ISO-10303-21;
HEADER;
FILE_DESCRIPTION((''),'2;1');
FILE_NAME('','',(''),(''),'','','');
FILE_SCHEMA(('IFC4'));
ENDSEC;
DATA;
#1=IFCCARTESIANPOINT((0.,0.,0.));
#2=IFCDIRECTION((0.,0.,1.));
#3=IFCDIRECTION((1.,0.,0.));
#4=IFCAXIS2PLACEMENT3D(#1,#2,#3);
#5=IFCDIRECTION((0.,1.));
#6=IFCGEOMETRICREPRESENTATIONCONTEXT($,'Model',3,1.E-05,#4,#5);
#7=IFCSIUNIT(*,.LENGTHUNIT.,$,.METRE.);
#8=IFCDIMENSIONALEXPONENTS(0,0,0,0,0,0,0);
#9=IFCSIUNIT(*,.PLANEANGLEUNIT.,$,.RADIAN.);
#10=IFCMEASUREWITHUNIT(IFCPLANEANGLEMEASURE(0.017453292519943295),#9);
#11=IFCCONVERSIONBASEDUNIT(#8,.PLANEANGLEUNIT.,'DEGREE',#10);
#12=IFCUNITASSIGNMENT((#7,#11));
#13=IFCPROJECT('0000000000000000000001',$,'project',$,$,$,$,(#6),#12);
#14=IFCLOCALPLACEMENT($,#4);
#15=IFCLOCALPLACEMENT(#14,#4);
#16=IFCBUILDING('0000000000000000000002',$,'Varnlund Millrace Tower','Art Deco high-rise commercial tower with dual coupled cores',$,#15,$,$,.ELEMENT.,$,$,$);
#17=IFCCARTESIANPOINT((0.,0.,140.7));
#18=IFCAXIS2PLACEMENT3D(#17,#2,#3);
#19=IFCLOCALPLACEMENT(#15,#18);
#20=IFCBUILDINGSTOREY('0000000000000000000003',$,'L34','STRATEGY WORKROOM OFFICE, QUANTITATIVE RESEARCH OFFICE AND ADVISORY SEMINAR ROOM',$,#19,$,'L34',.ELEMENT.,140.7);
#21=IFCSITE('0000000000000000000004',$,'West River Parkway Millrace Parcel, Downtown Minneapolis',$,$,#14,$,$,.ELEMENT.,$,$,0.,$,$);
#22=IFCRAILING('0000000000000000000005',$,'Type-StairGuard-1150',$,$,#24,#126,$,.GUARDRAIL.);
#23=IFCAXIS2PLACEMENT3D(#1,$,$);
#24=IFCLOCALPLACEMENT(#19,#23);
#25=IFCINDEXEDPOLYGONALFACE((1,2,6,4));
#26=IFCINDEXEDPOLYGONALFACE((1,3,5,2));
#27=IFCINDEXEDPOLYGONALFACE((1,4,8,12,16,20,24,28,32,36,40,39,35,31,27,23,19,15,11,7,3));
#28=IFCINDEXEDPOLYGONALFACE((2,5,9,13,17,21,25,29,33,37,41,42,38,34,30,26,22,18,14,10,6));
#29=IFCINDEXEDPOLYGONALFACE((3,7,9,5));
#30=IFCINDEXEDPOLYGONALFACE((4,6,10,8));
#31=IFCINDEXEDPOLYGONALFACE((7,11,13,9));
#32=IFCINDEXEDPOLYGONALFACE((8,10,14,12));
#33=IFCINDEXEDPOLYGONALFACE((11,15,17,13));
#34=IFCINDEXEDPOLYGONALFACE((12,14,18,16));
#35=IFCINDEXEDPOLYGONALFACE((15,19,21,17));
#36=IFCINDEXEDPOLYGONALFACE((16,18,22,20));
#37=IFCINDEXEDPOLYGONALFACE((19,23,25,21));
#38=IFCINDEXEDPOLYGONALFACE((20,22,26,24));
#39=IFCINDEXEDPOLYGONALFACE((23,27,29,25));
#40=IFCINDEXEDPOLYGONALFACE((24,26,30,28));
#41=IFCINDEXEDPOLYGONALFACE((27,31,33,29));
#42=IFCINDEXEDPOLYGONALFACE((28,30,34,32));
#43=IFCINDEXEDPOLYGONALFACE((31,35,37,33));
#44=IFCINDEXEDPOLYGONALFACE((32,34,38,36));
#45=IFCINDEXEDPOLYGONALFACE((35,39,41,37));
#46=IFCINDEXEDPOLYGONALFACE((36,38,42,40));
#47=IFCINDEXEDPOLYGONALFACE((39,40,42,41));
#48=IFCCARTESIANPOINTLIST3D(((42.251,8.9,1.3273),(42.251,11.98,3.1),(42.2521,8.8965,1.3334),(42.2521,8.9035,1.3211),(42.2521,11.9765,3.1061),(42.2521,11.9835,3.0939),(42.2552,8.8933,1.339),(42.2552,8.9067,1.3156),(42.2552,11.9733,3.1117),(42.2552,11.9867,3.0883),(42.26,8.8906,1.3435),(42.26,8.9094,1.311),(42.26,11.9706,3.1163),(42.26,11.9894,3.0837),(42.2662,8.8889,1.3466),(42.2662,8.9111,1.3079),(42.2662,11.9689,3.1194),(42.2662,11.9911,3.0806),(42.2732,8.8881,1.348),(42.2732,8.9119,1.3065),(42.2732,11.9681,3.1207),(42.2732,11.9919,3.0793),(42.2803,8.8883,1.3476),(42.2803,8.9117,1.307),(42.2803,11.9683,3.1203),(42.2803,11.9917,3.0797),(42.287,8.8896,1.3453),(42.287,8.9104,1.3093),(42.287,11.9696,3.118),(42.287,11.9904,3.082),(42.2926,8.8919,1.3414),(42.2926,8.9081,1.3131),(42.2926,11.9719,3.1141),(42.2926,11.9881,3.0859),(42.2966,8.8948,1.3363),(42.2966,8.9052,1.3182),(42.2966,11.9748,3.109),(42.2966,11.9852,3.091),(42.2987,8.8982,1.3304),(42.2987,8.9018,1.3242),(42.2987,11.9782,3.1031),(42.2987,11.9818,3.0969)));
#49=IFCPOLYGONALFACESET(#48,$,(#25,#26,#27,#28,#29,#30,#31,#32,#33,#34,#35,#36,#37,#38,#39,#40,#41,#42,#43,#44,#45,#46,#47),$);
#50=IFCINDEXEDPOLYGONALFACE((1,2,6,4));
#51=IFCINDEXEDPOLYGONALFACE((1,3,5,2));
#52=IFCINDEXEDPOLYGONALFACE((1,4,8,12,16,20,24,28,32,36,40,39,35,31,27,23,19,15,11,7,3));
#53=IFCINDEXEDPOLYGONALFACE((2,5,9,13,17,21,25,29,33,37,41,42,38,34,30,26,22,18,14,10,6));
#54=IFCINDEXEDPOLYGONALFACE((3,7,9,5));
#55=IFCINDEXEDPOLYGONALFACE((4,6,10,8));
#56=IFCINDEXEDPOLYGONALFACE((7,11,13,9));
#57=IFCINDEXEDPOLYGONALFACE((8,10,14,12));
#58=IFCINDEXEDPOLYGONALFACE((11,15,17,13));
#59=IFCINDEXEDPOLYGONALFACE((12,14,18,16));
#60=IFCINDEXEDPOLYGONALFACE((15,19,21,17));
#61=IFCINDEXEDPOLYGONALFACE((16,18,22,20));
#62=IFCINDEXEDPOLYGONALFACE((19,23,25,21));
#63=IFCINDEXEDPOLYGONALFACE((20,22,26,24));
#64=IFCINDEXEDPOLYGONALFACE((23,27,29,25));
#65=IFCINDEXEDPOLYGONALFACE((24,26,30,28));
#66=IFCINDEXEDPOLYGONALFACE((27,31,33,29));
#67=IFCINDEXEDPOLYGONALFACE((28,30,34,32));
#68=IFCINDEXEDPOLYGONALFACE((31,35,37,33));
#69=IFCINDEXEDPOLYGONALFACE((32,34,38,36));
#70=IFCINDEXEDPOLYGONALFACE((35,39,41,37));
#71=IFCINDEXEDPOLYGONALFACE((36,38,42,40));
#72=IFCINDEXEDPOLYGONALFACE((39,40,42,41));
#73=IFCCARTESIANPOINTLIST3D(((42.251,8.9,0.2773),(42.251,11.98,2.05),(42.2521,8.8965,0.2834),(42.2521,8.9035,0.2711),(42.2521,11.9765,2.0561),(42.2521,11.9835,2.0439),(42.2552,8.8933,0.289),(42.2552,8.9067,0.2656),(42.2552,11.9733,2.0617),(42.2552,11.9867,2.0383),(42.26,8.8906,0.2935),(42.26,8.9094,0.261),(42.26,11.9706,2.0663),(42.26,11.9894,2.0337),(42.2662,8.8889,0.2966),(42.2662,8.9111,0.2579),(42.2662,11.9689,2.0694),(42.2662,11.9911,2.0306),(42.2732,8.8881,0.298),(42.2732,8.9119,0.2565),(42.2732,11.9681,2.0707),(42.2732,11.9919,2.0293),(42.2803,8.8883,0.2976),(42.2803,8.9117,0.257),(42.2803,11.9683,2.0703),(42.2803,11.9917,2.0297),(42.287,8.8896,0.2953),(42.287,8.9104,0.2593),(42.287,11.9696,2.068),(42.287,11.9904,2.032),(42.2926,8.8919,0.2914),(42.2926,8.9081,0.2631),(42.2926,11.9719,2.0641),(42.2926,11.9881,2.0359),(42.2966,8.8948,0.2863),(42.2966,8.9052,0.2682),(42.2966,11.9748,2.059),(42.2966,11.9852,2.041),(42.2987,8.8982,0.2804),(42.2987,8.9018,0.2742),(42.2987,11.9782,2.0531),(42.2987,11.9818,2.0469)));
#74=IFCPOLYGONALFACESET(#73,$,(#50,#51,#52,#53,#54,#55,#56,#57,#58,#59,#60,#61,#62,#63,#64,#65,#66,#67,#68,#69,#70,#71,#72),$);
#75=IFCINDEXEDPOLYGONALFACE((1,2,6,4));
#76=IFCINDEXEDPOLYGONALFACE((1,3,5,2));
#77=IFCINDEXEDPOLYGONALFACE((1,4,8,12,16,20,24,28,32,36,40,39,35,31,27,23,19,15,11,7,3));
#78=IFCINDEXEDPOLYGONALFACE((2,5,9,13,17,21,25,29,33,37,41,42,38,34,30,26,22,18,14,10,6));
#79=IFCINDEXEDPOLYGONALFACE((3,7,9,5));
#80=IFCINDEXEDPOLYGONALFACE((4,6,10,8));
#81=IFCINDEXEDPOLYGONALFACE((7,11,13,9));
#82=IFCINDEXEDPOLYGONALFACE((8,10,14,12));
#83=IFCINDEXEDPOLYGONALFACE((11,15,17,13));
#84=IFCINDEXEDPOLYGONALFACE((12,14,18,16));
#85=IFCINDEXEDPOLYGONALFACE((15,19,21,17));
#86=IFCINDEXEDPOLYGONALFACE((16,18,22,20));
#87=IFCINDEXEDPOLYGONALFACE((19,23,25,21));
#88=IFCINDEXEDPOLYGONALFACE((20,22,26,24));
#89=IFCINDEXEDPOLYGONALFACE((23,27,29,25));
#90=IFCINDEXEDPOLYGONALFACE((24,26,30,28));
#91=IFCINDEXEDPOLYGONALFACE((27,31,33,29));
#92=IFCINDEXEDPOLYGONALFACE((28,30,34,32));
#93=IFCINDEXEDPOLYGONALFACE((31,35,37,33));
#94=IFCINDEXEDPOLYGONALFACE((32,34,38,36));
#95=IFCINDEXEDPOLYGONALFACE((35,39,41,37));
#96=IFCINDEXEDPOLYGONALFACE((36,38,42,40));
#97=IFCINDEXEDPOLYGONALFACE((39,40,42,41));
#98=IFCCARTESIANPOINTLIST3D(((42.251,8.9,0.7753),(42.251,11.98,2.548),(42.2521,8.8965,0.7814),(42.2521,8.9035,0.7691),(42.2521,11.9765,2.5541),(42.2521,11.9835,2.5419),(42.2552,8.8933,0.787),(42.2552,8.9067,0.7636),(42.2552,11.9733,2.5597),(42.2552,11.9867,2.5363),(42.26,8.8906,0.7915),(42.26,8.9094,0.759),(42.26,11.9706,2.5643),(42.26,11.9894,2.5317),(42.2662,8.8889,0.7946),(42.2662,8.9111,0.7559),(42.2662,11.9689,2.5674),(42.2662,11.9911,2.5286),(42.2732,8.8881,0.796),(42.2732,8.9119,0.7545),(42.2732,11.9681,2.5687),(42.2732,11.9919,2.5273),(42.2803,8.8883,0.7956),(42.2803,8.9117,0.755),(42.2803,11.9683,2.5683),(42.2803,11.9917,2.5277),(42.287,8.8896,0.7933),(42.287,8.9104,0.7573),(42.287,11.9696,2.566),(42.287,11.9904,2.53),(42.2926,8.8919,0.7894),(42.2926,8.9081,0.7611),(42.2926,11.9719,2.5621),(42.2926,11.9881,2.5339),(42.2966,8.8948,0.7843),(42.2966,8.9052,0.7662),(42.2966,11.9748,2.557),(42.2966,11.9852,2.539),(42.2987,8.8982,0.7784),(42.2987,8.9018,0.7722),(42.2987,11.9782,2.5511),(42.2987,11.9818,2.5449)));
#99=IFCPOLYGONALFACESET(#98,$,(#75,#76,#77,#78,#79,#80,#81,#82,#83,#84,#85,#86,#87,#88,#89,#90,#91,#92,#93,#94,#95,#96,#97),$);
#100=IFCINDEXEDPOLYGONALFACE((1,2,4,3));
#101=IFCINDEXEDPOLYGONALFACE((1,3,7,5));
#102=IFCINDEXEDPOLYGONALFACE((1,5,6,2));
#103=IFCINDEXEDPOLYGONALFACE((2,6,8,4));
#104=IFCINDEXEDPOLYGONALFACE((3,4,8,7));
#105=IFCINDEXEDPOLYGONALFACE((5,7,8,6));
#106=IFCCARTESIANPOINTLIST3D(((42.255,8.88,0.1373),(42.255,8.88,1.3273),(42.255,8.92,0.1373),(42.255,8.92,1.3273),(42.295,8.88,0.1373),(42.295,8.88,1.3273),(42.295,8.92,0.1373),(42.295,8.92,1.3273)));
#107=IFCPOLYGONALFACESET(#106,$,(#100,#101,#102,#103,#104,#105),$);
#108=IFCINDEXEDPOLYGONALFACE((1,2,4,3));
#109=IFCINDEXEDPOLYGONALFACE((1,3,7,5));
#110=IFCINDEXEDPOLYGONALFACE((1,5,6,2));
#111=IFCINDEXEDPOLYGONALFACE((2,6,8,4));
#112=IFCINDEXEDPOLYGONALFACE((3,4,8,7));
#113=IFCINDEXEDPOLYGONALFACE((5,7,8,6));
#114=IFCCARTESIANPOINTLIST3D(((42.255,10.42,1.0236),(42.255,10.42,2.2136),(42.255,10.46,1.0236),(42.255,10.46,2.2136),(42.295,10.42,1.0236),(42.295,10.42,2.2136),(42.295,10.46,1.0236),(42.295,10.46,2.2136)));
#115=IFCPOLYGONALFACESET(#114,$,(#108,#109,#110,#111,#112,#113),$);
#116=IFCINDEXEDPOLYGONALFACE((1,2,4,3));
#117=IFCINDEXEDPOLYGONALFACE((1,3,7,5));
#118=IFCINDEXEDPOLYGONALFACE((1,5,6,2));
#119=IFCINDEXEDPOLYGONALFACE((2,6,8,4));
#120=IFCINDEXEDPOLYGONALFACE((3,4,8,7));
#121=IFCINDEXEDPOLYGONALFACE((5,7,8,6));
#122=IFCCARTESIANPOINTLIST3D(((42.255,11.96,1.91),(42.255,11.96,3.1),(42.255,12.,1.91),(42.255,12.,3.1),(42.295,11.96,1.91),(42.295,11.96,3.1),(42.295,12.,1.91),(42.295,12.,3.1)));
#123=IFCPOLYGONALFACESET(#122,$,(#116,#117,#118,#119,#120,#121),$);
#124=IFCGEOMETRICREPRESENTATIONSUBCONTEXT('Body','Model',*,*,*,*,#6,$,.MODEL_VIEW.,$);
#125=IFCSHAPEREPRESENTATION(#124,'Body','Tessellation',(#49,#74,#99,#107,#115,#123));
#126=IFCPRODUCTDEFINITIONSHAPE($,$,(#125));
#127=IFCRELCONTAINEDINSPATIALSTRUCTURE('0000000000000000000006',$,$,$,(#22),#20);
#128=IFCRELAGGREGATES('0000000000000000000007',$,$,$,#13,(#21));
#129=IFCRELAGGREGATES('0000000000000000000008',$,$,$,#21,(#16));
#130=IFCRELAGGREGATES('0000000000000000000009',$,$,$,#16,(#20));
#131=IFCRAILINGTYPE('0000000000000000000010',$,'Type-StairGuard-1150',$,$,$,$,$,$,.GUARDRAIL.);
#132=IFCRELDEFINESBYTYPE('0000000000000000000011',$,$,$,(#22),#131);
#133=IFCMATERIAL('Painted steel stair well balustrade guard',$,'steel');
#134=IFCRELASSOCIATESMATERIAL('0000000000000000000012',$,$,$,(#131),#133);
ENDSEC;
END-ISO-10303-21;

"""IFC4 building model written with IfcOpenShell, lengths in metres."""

from ifc_helpers import new_model, entity, si_unit, converted_unit, direction, frame, origin_with_axes, origin_2d_with_axis, place, context, subcontext, project, spatial, rectangle, circle, extrude, material, type_object, element, save


model = new_model("IFC4")

# Units and contexts
model_context = context("Model", 3, precision=1e-05, world=origin_with_axes(), true_north=direction((0.0, 1.0)))
body_context = subcontext(model_context, "Body", "Model", "MODEL_VIEW")
ifc_project = project(units=[si_unit("LENGTHUNIT", "METRE"), converted_unit("PLANEANGLEUNIT", "DEGREE", entity("IfcPlaneAngleMeasure", 0.017453292519943295), si_unit("PLANEANGLEUNIT", "RADIAN"), dimensions=[0, 0, 0, 0, 0, 0, 0])], contexts=[model_context])

# Site, building, storey
site_placement = place(None, origin_with_axes())
site = spatial("IfcSite", under=ifc_project, at=site_placement, Name="West River Parkway Millrace Parcel, Downtown Minneapolis", CompositionType="ELEMENT", RefElevation=0.0)
building_placement = place(site_placement, origin_with_axes())
building = spatial("IfcBuilding", under=site, at=building_placement, Name="Varnlund Millrace Tower", Description="Art Deco high-rise commercial tower with dual coupled cores", CompositionType="ELEMENT")
storey_placement = place(building_placement, frame((0.0, 0.0, 140.7), z_axis=(0.0, 0.0, 1.0), x_axis=(1.0, 0.0, 0.0)))
storey = spatial("IfcBuildingStorey", under=building, at=storey_placement, Name="L34", Description="STRATEGY WORKROOM OFFICE, QUANTITATIVE RESEARCH OFFICE AND ADVISORY SEMINAR ROOM", LongName="L34", CompositionType="ELEMENT", Elevation=140.7)

# Railing
ifc_material_1 = material(Name="Painted steel stair well balustrade guard", Category="steel")
railing_type_1 = type_object("IfcRailingType", Name="Type-StairGuard-1150", PredefinedType="GUARDRAIL", material=ifc_material_1)
railing_1_placement = place(storey_placement, frame((0.0, 0.0, -140.7), z_axis=(0.0, 0.0, 1.0), x_axis=(1.0, 0.0, 0.0)))
element("IfcRailing", 1, at=railing_1_placement, inside=storey, type_object=railing_type_1, Name="Type-StairGuard-1150", PredefinedType="GUARDRAIL", context=body_context, shape_type="SweptSolid", body=[
    extrude(circle(Radius=0.024, at=origin_2d_with_axis()), frame((42.275, 8.9, 142.0273), z_axis=(0.0, 0.866696, 0.498836), x_axis=(-1.0, 0.0, 0.0)), (0.0, 0.0, 1.0), 3.5537),
    extrude(circle(Radius=0.024, at=origin_2d_with_axis()), frame((42.275, 8.9, 140.9773), z_axis=(0.0, 0.866696, 0.498836), x_axis=(-1.0, 0.0, 0.0)), (0.0, 0.0, 1.0), 3.5537),
    extrude(circle(Radius=0.024, at=origin_2d_with_axis()), frame((42.275, 8.9, 141.4753), z_axis=(0.0, 0.866696, 0.498836), x_axis=(-1.0, 0.0, 0.0)), (0.0, 0.0, 1.0), 3.5537),
    extrude(rectangle(XDim=0.04, YDim=0.04, at=origin_2d_with_axis()), frame((42.275, 8.9, 140.8373), z_axis=(0.0, 0.0, 1.0), x_axis=(1.0, 0.0, 0.0)), (0.0, 0.0, 1.0), 1.19),
    extrude(rectangle(XDim=0.04, YDim=0.04, at=origin_2d_with_axis()), frame((42.275, 10.44, 141.7236), z_axis=(0.0, 0.0, 1.0), x_axis=(1.0, 0.0, 0.0)), (0.0, 0.0, 1.0), 1.19),
    extrude(rectangle(XDim=0.04, YDim=0.04, at=origin_2d_with_axis()), frame((42.275, 11.98, 142.61), z_axis=(0.0, 0.0, 1.0), x_axis=(1.0, 0.0, 0.0)), (0.0, 0.0, 1.0), 1.19),
])

save(model, "model.ifc")
